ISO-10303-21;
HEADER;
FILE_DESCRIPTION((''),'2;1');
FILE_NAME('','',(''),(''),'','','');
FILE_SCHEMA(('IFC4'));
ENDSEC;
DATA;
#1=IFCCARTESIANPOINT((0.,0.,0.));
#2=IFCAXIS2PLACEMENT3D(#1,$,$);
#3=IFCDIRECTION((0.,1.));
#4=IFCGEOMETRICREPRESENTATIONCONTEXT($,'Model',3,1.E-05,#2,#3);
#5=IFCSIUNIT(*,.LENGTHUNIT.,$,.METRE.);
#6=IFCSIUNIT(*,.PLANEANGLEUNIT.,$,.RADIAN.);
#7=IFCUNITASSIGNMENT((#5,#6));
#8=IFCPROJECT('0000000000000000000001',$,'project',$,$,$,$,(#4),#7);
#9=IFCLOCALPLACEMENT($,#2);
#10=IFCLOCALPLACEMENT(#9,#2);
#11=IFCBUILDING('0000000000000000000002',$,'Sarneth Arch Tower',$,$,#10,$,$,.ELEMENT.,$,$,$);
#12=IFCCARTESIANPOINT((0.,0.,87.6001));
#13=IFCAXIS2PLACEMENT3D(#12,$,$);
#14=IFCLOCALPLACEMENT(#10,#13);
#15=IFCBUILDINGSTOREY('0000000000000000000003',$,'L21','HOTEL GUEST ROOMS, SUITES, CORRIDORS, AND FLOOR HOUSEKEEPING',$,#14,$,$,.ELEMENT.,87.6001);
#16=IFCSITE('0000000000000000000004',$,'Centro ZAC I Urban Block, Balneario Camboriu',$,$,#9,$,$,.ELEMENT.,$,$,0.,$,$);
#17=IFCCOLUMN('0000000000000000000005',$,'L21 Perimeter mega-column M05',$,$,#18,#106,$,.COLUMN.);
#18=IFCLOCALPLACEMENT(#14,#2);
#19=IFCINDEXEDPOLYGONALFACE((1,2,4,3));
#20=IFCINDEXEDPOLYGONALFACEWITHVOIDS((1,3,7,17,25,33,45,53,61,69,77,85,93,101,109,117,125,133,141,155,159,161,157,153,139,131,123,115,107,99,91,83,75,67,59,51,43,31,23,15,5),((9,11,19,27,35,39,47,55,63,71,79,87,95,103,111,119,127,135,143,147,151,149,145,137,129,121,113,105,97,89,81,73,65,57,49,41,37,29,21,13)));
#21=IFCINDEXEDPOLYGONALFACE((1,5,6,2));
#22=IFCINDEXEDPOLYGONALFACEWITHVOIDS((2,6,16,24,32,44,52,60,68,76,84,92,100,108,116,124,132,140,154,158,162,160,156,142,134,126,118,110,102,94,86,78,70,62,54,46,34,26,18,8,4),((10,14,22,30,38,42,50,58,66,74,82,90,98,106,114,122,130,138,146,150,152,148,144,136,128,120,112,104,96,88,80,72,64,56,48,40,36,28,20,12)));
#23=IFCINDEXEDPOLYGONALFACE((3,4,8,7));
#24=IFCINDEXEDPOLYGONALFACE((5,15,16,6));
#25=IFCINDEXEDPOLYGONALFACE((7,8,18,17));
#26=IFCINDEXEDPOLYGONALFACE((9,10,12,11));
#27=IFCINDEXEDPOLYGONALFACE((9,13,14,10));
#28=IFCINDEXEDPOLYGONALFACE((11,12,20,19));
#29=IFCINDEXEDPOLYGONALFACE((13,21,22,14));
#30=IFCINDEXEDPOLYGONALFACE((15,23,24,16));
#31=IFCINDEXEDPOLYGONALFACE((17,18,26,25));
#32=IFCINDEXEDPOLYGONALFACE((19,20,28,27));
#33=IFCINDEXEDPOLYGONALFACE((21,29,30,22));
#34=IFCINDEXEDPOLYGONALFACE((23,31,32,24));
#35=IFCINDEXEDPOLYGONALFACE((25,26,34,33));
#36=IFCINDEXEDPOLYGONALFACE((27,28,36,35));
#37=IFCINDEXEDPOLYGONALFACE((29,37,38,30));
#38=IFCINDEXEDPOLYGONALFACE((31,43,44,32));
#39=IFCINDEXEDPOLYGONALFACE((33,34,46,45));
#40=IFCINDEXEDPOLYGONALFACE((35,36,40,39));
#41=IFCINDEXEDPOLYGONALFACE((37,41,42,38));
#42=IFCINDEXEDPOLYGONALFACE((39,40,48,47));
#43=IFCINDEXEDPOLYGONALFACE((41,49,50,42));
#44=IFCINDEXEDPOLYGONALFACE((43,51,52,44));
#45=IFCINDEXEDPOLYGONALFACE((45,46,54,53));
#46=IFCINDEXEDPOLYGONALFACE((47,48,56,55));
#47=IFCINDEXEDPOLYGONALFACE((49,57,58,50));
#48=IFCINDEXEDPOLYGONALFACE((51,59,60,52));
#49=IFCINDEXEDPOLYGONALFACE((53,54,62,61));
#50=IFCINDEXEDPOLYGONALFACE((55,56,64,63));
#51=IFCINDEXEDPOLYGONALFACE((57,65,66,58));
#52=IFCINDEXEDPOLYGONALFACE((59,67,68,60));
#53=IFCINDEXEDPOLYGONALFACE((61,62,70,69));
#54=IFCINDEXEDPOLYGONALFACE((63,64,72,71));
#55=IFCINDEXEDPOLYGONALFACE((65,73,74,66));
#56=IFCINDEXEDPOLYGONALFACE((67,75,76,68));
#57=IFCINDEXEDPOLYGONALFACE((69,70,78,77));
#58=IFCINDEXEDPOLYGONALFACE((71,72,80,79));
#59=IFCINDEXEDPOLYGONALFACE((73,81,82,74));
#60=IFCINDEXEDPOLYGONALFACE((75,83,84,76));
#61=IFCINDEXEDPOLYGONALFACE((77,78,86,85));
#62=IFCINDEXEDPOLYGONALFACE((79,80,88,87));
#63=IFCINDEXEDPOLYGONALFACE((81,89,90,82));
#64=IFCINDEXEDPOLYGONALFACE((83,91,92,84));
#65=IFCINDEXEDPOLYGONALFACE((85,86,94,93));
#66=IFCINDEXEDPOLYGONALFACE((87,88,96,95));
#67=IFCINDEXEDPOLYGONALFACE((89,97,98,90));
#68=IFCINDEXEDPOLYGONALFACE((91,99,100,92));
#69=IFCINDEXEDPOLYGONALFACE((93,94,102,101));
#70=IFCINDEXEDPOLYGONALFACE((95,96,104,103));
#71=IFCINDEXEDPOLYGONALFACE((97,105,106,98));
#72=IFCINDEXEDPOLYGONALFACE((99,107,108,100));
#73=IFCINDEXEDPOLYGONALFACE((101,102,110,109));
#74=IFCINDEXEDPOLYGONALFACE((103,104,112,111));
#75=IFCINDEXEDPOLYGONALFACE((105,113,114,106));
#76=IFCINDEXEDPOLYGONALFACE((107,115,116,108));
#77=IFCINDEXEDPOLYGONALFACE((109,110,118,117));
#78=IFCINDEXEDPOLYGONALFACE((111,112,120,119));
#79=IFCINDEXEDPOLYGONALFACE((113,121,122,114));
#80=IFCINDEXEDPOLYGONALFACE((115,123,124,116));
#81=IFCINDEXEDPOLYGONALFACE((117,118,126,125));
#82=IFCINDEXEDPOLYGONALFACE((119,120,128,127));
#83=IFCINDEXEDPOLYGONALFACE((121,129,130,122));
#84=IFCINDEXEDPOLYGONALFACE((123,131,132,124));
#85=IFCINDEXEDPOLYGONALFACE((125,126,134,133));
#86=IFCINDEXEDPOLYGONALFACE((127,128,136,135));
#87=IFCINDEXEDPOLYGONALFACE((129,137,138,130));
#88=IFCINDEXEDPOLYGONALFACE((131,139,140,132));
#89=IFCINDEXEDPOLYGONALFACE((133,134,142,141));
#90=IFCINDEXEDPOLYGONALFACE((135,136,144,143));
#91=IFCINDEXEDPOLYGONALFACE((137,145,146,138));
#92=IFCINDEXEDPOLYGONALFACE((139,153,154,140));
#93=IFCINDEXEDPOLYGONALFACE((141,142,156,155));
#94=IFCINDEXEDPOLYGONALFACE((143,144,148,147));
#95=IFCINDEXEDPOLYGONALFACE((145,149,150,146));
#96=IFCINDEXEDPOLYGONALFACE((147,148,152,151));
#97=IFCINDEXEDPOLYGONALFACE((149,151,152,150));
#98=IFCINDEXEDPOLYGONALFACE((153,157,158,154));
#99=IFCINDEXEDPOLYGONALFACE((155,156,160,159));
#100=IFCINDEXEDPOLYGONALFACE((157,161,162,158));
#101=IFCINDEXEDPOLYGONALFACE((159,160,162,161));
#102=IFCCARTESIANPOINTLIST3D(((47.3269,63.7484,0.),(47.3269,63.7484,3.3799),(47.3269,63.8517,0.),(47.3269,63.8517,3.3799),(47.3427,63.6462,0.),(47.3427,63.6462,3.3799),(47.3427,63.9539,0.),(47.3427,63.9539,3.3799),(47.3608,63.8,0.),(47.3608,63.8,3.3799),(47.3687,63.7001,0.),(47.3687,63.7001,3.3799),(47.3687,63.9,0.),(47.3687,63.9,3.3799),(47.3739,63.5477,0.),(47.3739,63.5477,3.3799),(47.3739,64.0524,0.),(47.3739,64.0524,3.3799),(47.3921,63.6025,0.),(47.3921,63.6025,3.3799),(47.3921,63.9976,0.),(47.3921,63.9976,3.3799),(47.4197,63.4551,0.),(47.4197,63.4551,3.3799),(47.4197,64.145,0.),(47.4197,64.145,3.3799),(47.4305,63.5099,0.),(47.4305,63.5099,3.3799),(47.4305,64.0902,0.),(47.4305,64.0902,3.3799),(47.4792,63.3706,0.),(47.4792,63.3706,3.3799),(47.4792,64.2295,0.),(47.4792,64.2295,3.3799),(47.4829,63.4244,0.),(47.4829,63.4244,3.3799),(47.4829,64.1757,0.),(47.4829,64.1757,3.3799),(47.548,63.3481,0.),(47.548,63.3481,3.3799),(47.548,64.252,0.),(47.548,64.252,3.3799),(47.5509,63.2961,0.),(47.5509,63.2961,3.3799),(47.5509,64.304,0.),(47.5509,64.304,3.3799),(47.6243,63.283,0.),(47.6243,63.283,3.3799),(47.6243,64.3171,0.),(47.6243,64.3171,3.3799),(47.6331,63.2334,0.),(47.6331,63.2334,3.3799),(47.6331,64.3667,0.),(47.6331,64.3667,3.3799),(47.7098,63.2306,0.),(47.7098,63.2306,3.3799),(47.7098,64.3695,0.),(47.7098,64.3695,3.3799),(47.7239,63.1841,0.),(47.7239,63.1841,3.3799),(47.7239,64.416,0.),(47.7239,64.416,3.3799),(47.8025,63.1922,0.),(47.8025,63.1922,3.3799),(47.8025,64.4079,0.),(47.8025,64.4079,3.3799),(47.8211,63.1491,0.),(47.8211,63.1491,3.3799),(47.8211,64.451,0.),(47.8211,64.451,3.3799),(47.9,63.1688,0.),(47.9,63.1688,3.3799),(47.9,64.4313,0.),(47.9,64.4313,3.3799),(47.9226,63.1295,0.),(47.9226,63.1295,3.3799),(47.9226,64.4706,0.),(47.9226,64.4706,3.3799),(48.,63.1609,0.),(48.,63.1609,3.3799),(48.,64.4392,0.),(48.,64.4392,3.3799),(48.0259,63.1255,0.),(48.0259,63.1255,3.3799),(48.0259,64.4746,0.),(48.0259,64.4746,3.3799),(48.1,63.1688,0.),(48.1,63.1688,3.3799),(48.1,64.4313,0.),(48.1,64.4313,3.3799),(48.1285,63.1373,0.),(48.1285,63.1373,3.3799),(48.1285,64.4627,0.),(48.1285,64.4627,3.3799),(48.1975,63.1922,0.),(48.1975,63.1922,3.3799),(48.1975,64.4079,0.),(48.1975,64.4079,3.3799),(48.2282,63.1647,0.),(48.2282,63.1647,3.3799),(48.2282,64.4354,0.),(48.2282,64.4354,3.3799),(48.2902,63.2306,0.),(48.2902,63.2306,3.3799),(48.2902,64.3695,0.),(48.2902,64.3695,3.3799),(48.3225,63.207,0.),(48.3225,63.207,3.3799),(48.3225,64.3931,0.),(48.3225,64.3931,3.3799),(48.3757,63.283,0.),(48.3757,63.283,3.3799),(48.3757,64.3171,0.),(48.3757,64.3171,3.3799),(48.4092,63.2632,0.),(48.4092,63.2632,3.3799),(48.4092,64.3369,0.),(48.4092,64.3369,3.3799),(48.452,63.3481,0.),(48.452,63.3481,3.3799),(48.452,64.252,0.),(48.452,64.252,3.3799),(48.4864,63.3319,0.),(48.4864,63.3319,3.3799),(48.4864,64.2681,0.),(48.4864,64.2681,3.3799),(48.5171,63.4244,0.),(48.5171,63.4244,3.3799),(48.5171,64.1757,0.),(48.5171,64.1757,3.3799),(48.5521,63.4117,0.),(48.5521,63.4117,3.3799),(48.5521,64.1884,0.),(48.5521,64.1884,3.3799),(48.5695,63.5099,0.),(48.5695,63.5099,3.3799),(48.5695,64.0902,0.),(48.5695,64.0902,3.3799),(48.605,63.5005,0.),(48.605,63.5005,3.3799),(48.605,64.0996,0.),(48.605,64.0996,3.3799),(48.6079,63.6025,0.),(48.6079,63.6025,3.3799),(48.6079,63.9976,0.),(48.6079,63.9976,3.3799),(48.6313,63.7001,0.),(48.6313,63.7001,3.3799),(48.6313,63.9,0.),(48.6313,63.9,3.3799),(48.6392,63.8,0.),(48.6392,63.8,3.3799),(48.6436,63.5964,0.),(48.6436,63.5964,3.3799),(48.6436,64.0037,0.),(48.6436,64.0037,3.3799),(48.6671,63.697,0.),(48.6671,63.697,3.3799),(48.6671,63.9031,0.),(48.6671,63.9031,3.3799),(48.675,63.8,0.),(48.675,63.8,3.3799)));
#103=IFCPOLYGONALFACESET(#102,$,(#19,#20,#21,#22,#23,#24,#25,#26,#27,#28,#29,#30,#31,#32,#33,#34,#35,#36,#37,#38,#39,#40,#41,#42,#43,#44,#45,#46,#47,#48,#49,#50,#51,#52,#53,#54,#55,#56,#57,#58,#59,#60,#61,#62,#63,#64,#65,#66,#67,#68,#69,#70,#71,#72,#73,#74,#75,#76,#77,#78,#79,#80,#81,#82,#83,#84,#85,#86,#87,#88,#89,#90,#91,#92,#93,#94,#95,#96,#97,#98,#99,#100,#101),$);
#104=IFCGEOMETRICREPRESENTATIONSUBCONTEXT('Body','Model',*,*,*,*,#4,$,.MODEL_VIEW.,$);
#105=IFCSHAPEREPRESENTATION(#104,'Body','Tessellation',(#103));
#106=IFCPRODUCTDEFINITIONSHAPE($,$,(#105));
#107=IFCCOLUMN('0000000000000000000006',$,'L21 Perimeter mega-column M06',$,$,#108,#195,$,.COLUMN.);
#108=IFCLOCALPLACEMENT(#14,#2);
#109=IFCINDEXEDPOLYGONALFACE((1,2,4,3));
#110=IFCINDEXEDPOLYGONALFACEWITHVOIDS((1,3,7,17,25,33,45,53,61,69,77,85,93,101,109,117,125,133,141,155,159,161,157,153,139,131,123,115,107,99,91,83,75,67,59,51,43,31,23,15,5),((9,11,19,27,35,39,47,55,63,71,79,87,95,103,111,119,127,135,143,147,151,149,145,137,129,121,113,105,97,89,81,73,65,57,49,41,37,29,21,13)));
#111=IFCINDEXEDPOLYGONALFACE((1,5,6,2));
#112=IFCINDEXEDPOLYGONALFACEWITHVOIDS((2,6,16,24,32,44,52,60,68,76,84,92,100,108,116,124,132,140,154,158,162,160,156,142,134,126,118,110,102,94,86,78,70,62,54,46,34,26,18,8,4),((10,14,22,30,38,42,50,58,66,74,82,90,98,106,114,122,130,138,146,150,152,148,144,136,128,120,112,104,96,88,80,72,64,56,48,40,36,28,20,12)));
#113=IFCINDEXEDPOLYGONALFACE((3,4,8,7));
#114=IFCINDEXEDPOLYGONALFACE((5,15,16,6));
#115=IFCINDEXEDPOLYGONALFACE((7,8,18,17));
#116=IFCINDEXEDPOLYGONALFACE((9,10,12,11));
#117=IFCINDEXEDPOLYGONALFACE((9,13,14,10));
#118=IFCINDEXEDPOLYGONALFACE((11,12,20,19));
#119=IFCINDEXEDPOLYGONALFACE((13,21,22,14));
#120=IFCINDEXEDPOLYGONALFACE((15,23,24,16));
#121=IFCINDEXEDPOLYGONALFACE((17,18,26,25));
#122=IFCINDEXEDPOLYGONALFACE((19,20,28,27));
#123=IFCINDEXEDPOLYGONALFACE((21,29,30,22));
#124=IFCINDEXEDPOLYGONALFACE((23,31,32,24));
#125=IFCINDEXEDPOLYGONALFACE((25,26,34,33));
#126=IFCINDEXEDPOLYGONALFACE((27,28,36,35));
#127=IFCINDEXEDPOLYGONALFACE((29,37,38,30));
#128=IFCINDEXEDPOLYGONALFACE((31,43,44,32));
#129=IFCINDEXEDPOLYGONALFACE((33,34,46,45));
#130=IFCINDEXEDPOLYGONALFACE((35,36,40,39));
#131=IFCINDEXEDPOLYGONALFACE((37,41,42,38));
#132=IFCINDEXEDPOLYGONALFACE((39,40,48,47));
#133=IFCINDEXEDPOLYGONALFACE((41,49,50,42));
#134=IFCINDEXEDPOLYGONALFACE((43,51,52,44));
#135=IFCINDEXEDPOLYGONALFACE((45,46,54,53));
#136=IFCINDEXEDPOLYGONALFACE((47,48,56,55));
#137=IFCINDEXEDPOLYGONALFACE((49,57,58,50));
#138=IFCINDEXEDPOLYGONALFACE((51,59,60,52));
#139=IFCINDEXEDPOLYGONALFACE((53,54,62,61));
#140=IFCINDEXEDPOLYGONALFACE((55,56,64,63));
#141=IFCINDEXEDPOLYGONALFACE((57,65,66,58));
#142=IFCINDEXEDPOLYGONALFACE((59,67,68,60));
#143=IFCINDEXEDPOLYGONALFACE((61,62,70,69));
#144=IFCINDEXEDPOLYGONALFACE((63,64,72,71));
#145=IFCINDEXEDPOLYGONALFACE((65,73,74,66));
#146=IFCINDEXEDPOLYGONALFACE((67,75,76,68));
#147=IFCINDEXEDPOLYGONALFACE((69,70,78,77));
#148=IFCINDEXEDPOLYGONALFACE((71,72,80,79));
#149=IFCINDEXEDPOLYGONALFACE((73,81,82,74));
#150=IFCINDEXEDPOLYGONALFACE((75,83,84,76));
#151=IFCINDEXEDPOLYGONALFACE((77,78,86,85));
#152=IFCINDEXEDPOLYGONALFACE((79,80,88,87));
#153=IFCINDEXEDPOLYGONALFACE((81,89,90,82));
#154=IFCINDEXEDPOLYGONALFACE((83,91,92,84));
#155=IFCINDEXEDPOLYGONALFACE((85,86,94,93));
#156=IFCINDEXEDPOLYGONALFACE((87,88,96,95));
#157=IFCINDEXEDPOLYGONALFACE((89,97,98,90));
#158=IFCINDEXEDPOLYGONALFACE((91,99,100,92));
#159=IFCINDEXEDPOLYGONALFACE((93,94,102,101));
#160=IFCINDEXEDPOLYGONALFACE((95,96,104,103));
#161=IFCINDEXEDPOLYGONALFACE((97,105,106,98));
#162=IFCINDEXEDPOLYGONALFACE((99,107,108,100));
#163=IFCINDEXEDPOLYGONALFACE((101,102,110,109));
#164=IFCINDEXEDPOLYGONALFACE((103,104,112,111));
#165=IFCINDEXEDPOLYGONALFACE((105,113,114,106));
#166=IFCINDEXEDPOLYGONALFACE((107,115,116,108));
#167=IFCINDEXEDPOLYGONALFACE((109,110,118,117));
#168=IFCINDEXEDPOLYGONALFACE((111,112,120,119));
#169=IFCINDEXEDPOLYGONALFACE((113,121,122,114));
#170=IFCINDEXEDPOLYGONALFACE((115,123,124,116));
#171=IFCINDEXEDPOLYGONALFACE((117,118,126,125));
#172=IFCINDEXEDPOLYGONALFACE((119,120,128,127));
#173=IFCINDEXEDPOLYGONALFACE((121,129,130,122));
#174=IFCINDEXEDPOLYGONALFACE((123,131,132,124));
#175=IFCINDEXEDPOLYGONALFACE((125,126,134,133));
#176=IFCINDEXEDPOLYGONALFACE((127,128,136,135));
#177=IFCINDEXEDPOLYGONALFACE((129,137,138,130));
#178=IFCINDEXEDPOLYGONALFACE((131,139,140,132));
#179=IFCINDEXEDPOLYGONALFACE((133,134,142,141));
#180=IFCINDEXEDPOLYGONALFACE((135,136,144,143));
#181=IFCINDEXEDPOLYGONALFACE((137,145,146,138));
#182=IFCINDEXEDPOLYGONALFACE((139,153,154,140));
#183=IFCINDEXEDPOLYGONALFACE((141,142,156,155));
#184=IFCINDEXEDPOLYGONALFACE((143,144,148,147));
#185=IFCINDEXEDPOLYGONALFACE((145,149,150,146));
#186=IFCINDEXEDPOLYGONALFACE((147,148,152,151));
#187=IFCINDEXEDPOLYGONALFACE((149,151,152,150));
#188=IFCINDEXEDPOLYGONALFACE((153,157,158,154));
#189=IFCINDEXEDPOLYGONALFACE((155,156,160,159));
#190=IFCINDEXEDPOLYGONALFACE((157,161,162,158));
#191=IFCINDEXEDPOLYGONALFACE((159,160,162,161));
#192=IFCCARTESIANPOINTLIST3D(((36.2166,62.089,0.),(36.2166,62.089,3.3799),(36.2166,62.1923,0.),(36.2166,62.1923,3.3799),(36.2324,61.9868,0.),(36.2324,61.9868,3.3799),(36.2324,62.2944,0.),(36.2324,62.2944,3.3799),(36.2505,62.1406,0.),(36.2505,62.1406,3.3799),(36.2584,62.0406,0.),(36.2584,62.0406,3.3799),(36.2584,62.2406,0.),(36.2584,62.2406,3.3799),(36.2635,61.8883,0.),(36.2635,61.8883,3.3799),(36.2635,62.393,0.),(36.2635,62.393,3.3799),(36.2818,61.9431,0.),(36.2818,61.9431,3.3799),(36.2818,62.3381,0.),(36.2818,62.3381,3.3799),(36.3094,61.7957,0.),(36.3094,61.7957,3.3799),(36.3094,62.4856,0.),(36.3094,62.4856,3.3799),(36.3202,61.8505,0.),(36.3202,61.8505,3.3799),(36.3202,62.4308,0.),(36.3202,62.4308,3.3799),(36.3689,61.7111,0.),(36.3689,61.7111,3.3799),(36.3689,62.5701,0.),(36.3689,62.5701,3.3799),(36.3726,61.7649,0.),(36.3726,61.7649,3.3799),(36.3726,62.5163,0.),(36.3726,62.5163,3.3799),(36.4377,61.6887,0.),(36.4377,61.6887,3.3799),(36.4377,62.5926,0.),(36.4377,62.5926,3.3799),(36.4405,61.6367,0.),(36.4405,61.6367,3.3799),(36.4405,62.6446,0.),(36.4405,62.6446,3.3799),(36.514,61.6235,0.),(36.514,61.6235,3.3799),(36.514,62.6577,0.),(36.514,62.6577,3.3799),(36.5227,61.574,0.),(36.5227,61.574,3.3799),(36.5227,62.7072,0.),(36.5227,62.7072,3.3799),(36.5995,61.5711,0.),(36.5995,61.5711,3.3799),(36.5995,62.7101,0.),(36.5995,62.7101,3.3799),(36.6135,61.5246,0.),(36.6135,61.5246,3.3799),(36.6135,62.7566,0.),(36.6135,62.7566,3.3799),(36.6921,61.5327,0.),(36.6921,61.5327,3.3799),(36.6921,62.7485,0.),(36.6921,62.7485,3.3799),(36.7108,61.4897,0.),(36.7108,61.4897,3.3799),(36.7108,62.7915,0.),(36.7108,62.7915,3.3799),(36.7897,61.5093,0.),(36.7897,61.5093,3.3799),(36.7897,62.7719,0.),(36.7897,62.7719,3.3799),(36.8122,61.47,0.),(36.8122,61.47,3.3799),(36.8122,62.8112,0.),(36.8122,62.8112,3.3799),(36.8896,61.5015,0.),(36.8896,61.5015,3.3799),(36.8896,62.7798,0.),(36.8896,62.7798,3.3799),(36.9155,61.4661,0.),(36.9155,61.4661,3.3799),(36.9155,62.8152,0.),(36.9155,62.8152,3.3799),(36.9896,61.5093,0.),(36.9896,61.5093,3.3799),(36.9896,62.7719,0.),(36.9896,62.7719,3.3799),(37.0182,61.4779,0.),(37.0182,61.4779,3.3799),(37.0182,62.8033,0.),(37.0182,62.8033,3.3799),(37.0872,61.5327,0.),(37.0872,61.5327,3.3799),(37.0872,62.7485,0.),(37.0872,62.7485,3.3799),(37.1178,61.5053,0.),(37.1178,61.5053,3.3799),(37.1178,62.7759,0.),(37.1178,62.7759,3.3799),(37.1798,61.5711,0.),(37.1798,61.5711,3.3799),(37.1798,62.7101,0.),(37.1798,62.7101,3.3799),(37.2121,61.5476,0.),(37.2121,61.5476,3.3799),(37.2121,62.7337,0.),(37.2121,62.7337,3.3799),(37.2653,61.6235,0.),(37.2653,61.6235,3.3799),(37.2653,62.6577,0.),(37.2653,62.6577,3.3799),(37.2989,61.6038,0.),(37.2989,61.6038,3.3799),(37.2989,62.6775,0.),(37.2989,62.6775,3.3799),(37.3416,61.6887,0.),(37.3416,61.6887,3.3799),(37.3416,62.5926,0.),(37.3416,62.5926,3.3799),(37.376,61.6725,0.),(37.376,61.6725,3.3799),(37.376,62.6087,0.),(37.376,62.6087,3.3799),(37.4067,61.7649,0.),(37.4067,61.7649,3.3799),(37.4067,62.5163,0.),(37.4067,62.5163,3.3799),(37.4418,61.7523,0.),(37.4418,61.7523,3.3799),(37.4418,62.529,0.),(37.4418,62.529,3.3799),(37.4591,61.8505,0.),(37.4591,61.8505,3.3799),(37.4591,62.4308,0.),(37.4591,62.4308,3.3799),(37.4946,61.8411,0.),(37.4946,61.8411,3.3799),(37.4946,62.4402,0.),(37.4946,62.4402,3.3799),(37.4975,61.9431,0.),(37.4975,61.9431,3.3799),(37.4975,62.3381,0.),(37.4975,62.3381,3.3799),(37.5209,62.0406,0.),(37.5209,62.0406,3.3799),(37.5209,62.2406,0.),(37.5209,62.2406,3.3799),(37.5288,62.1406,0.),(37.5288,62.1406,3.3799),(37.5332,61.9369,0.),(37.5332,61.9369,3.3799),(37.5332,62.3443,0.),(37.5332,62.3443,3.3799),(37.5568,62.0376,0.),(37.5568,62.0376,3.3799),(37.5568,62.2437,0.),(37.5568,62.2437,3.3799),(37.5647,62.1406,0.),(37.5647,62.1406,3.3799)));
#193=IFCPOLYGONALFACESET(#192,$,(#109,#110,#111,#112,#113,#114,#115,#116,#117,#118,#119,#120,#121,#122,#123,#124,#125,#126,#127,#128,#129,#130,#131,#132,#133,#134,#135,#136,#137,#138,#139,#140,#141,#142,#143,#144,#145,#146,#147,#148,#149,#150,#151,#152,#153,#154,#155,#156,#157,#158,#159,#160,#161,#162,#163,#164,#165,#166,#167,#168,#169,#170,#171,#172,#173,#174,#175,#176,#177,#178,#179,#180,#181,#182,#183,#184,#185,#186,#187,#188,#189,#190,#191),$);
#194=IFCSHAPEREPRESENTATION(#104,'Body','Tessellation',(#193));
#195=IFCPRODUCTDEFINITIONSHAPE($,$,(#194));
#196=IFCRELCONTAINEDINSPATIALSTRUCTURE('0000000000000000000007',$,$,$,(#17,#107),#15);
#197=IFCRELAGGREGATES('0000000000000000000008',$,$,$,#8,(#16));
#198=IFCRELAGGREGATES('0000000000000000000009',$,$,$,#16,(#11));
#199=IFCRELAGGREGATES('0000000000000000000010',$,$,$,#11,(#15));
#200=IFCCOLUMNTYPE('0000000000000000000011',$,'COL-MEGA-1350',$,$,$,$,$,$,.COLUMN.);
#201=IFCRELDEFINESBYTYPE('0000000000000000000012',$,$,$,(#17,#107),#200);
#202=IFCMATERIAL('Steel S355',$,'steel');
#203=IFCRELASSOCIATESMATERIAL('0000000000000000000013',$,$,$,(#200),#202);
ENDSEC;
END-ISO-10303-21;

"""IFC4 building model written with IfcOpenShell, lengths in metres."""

from ifc_helpers import new_model, si_unit, direction, frame, origin, origin_2d, place, context, subcontext, project, spatial, hollow_circle, extrude, material, material_profile, profile_set, type_object, element, save


model = new_model("IFC4")

# Units and contexts
model_context = context("Model", 3, precision=1e-05, world=origin(), true_north=direction((0.0, 1.0)))
body_context = subcontext(model_context, "Body", "Model", "MODEL_VIEW")
ifc_project = project(units=[si_unit("LENGTHUNIT", "METRE"), si_unit("PLANEANGLEUNIT", "RADIAN")], contexts=[model_context])

# Site, building, storey
site_placement = place(None, origin())
site = spatial("IfcSite", under=ifc_project, at=site_placement, Name="Centro ZAC I Urban Block, Balneario Camboriu", CompositionType="ELEMENT", RefElevation=0.0)
building_placement = place(site_placement, origin())
building = spatial("IfcBuilding", under=site, at=building_placement, Name="Sarneth Arch Tower", CompositionType="ELEMENT")
storey_placement = place(building_placement, frame((0.0, 0.0, 87.6001)))
storey = spatial("IfcBuildingStorey", under=building, at=storey_placement, Name="L21", Description="HOTEL GUEST ROOMS, SUITES, CORRIDORS, AND FLOOR HOUSEKEEPING", CompositionType="ELEMENT", Elevation=87.6001)

# Columns
ifc_material_1 = material(Name="Steel S355", Category="steel")
ifc_material_profile_1 = material_profile(ifc_material_1, hollow_circle(Radius=0.675, WallThickness=0.0359, at=origin_2d()), Name="CHS1350x36")
ifc_profile_set_1 = profile_set([ifc_material_profile_1], Name="Steel S355")
column_type = type_object("IfcColumnType", Name="COL-MEGA-1350", PredefinedType="COLUMN", material=ifc_profile_set_1)
for number, where, z_axis, x_axis, name in (
    (1, (48.0, 63.8, 0.0), (0.0, 0.0, 1.0), (1.0, 0.0, 0.0), "L21 Perimeter mega-column M05"),
    (2, (36.8896, 62.1406, 0.0), (0.0, 0.0, 1.0), (1.0, 0.0, 0.0), "L21 Perimeter mega-column M06"),
):
    element("IfcColumn", number, at=place(storey_placement, frame(where, z_axis=z_axis, x_axis=x_axis)), inside=storey, type_object=column_type, Name=name, PredefinedType="COLUMN", context=body_context, shape_type="SweptSolid", body=[
        extrude(hollow_circle(Radius=0.675, WallThickness=0.0359, at=origin_2d()), origin(), (0.0, 0.0, 1.0), 3.3799),
    ])

save(model, "model.ifc")
